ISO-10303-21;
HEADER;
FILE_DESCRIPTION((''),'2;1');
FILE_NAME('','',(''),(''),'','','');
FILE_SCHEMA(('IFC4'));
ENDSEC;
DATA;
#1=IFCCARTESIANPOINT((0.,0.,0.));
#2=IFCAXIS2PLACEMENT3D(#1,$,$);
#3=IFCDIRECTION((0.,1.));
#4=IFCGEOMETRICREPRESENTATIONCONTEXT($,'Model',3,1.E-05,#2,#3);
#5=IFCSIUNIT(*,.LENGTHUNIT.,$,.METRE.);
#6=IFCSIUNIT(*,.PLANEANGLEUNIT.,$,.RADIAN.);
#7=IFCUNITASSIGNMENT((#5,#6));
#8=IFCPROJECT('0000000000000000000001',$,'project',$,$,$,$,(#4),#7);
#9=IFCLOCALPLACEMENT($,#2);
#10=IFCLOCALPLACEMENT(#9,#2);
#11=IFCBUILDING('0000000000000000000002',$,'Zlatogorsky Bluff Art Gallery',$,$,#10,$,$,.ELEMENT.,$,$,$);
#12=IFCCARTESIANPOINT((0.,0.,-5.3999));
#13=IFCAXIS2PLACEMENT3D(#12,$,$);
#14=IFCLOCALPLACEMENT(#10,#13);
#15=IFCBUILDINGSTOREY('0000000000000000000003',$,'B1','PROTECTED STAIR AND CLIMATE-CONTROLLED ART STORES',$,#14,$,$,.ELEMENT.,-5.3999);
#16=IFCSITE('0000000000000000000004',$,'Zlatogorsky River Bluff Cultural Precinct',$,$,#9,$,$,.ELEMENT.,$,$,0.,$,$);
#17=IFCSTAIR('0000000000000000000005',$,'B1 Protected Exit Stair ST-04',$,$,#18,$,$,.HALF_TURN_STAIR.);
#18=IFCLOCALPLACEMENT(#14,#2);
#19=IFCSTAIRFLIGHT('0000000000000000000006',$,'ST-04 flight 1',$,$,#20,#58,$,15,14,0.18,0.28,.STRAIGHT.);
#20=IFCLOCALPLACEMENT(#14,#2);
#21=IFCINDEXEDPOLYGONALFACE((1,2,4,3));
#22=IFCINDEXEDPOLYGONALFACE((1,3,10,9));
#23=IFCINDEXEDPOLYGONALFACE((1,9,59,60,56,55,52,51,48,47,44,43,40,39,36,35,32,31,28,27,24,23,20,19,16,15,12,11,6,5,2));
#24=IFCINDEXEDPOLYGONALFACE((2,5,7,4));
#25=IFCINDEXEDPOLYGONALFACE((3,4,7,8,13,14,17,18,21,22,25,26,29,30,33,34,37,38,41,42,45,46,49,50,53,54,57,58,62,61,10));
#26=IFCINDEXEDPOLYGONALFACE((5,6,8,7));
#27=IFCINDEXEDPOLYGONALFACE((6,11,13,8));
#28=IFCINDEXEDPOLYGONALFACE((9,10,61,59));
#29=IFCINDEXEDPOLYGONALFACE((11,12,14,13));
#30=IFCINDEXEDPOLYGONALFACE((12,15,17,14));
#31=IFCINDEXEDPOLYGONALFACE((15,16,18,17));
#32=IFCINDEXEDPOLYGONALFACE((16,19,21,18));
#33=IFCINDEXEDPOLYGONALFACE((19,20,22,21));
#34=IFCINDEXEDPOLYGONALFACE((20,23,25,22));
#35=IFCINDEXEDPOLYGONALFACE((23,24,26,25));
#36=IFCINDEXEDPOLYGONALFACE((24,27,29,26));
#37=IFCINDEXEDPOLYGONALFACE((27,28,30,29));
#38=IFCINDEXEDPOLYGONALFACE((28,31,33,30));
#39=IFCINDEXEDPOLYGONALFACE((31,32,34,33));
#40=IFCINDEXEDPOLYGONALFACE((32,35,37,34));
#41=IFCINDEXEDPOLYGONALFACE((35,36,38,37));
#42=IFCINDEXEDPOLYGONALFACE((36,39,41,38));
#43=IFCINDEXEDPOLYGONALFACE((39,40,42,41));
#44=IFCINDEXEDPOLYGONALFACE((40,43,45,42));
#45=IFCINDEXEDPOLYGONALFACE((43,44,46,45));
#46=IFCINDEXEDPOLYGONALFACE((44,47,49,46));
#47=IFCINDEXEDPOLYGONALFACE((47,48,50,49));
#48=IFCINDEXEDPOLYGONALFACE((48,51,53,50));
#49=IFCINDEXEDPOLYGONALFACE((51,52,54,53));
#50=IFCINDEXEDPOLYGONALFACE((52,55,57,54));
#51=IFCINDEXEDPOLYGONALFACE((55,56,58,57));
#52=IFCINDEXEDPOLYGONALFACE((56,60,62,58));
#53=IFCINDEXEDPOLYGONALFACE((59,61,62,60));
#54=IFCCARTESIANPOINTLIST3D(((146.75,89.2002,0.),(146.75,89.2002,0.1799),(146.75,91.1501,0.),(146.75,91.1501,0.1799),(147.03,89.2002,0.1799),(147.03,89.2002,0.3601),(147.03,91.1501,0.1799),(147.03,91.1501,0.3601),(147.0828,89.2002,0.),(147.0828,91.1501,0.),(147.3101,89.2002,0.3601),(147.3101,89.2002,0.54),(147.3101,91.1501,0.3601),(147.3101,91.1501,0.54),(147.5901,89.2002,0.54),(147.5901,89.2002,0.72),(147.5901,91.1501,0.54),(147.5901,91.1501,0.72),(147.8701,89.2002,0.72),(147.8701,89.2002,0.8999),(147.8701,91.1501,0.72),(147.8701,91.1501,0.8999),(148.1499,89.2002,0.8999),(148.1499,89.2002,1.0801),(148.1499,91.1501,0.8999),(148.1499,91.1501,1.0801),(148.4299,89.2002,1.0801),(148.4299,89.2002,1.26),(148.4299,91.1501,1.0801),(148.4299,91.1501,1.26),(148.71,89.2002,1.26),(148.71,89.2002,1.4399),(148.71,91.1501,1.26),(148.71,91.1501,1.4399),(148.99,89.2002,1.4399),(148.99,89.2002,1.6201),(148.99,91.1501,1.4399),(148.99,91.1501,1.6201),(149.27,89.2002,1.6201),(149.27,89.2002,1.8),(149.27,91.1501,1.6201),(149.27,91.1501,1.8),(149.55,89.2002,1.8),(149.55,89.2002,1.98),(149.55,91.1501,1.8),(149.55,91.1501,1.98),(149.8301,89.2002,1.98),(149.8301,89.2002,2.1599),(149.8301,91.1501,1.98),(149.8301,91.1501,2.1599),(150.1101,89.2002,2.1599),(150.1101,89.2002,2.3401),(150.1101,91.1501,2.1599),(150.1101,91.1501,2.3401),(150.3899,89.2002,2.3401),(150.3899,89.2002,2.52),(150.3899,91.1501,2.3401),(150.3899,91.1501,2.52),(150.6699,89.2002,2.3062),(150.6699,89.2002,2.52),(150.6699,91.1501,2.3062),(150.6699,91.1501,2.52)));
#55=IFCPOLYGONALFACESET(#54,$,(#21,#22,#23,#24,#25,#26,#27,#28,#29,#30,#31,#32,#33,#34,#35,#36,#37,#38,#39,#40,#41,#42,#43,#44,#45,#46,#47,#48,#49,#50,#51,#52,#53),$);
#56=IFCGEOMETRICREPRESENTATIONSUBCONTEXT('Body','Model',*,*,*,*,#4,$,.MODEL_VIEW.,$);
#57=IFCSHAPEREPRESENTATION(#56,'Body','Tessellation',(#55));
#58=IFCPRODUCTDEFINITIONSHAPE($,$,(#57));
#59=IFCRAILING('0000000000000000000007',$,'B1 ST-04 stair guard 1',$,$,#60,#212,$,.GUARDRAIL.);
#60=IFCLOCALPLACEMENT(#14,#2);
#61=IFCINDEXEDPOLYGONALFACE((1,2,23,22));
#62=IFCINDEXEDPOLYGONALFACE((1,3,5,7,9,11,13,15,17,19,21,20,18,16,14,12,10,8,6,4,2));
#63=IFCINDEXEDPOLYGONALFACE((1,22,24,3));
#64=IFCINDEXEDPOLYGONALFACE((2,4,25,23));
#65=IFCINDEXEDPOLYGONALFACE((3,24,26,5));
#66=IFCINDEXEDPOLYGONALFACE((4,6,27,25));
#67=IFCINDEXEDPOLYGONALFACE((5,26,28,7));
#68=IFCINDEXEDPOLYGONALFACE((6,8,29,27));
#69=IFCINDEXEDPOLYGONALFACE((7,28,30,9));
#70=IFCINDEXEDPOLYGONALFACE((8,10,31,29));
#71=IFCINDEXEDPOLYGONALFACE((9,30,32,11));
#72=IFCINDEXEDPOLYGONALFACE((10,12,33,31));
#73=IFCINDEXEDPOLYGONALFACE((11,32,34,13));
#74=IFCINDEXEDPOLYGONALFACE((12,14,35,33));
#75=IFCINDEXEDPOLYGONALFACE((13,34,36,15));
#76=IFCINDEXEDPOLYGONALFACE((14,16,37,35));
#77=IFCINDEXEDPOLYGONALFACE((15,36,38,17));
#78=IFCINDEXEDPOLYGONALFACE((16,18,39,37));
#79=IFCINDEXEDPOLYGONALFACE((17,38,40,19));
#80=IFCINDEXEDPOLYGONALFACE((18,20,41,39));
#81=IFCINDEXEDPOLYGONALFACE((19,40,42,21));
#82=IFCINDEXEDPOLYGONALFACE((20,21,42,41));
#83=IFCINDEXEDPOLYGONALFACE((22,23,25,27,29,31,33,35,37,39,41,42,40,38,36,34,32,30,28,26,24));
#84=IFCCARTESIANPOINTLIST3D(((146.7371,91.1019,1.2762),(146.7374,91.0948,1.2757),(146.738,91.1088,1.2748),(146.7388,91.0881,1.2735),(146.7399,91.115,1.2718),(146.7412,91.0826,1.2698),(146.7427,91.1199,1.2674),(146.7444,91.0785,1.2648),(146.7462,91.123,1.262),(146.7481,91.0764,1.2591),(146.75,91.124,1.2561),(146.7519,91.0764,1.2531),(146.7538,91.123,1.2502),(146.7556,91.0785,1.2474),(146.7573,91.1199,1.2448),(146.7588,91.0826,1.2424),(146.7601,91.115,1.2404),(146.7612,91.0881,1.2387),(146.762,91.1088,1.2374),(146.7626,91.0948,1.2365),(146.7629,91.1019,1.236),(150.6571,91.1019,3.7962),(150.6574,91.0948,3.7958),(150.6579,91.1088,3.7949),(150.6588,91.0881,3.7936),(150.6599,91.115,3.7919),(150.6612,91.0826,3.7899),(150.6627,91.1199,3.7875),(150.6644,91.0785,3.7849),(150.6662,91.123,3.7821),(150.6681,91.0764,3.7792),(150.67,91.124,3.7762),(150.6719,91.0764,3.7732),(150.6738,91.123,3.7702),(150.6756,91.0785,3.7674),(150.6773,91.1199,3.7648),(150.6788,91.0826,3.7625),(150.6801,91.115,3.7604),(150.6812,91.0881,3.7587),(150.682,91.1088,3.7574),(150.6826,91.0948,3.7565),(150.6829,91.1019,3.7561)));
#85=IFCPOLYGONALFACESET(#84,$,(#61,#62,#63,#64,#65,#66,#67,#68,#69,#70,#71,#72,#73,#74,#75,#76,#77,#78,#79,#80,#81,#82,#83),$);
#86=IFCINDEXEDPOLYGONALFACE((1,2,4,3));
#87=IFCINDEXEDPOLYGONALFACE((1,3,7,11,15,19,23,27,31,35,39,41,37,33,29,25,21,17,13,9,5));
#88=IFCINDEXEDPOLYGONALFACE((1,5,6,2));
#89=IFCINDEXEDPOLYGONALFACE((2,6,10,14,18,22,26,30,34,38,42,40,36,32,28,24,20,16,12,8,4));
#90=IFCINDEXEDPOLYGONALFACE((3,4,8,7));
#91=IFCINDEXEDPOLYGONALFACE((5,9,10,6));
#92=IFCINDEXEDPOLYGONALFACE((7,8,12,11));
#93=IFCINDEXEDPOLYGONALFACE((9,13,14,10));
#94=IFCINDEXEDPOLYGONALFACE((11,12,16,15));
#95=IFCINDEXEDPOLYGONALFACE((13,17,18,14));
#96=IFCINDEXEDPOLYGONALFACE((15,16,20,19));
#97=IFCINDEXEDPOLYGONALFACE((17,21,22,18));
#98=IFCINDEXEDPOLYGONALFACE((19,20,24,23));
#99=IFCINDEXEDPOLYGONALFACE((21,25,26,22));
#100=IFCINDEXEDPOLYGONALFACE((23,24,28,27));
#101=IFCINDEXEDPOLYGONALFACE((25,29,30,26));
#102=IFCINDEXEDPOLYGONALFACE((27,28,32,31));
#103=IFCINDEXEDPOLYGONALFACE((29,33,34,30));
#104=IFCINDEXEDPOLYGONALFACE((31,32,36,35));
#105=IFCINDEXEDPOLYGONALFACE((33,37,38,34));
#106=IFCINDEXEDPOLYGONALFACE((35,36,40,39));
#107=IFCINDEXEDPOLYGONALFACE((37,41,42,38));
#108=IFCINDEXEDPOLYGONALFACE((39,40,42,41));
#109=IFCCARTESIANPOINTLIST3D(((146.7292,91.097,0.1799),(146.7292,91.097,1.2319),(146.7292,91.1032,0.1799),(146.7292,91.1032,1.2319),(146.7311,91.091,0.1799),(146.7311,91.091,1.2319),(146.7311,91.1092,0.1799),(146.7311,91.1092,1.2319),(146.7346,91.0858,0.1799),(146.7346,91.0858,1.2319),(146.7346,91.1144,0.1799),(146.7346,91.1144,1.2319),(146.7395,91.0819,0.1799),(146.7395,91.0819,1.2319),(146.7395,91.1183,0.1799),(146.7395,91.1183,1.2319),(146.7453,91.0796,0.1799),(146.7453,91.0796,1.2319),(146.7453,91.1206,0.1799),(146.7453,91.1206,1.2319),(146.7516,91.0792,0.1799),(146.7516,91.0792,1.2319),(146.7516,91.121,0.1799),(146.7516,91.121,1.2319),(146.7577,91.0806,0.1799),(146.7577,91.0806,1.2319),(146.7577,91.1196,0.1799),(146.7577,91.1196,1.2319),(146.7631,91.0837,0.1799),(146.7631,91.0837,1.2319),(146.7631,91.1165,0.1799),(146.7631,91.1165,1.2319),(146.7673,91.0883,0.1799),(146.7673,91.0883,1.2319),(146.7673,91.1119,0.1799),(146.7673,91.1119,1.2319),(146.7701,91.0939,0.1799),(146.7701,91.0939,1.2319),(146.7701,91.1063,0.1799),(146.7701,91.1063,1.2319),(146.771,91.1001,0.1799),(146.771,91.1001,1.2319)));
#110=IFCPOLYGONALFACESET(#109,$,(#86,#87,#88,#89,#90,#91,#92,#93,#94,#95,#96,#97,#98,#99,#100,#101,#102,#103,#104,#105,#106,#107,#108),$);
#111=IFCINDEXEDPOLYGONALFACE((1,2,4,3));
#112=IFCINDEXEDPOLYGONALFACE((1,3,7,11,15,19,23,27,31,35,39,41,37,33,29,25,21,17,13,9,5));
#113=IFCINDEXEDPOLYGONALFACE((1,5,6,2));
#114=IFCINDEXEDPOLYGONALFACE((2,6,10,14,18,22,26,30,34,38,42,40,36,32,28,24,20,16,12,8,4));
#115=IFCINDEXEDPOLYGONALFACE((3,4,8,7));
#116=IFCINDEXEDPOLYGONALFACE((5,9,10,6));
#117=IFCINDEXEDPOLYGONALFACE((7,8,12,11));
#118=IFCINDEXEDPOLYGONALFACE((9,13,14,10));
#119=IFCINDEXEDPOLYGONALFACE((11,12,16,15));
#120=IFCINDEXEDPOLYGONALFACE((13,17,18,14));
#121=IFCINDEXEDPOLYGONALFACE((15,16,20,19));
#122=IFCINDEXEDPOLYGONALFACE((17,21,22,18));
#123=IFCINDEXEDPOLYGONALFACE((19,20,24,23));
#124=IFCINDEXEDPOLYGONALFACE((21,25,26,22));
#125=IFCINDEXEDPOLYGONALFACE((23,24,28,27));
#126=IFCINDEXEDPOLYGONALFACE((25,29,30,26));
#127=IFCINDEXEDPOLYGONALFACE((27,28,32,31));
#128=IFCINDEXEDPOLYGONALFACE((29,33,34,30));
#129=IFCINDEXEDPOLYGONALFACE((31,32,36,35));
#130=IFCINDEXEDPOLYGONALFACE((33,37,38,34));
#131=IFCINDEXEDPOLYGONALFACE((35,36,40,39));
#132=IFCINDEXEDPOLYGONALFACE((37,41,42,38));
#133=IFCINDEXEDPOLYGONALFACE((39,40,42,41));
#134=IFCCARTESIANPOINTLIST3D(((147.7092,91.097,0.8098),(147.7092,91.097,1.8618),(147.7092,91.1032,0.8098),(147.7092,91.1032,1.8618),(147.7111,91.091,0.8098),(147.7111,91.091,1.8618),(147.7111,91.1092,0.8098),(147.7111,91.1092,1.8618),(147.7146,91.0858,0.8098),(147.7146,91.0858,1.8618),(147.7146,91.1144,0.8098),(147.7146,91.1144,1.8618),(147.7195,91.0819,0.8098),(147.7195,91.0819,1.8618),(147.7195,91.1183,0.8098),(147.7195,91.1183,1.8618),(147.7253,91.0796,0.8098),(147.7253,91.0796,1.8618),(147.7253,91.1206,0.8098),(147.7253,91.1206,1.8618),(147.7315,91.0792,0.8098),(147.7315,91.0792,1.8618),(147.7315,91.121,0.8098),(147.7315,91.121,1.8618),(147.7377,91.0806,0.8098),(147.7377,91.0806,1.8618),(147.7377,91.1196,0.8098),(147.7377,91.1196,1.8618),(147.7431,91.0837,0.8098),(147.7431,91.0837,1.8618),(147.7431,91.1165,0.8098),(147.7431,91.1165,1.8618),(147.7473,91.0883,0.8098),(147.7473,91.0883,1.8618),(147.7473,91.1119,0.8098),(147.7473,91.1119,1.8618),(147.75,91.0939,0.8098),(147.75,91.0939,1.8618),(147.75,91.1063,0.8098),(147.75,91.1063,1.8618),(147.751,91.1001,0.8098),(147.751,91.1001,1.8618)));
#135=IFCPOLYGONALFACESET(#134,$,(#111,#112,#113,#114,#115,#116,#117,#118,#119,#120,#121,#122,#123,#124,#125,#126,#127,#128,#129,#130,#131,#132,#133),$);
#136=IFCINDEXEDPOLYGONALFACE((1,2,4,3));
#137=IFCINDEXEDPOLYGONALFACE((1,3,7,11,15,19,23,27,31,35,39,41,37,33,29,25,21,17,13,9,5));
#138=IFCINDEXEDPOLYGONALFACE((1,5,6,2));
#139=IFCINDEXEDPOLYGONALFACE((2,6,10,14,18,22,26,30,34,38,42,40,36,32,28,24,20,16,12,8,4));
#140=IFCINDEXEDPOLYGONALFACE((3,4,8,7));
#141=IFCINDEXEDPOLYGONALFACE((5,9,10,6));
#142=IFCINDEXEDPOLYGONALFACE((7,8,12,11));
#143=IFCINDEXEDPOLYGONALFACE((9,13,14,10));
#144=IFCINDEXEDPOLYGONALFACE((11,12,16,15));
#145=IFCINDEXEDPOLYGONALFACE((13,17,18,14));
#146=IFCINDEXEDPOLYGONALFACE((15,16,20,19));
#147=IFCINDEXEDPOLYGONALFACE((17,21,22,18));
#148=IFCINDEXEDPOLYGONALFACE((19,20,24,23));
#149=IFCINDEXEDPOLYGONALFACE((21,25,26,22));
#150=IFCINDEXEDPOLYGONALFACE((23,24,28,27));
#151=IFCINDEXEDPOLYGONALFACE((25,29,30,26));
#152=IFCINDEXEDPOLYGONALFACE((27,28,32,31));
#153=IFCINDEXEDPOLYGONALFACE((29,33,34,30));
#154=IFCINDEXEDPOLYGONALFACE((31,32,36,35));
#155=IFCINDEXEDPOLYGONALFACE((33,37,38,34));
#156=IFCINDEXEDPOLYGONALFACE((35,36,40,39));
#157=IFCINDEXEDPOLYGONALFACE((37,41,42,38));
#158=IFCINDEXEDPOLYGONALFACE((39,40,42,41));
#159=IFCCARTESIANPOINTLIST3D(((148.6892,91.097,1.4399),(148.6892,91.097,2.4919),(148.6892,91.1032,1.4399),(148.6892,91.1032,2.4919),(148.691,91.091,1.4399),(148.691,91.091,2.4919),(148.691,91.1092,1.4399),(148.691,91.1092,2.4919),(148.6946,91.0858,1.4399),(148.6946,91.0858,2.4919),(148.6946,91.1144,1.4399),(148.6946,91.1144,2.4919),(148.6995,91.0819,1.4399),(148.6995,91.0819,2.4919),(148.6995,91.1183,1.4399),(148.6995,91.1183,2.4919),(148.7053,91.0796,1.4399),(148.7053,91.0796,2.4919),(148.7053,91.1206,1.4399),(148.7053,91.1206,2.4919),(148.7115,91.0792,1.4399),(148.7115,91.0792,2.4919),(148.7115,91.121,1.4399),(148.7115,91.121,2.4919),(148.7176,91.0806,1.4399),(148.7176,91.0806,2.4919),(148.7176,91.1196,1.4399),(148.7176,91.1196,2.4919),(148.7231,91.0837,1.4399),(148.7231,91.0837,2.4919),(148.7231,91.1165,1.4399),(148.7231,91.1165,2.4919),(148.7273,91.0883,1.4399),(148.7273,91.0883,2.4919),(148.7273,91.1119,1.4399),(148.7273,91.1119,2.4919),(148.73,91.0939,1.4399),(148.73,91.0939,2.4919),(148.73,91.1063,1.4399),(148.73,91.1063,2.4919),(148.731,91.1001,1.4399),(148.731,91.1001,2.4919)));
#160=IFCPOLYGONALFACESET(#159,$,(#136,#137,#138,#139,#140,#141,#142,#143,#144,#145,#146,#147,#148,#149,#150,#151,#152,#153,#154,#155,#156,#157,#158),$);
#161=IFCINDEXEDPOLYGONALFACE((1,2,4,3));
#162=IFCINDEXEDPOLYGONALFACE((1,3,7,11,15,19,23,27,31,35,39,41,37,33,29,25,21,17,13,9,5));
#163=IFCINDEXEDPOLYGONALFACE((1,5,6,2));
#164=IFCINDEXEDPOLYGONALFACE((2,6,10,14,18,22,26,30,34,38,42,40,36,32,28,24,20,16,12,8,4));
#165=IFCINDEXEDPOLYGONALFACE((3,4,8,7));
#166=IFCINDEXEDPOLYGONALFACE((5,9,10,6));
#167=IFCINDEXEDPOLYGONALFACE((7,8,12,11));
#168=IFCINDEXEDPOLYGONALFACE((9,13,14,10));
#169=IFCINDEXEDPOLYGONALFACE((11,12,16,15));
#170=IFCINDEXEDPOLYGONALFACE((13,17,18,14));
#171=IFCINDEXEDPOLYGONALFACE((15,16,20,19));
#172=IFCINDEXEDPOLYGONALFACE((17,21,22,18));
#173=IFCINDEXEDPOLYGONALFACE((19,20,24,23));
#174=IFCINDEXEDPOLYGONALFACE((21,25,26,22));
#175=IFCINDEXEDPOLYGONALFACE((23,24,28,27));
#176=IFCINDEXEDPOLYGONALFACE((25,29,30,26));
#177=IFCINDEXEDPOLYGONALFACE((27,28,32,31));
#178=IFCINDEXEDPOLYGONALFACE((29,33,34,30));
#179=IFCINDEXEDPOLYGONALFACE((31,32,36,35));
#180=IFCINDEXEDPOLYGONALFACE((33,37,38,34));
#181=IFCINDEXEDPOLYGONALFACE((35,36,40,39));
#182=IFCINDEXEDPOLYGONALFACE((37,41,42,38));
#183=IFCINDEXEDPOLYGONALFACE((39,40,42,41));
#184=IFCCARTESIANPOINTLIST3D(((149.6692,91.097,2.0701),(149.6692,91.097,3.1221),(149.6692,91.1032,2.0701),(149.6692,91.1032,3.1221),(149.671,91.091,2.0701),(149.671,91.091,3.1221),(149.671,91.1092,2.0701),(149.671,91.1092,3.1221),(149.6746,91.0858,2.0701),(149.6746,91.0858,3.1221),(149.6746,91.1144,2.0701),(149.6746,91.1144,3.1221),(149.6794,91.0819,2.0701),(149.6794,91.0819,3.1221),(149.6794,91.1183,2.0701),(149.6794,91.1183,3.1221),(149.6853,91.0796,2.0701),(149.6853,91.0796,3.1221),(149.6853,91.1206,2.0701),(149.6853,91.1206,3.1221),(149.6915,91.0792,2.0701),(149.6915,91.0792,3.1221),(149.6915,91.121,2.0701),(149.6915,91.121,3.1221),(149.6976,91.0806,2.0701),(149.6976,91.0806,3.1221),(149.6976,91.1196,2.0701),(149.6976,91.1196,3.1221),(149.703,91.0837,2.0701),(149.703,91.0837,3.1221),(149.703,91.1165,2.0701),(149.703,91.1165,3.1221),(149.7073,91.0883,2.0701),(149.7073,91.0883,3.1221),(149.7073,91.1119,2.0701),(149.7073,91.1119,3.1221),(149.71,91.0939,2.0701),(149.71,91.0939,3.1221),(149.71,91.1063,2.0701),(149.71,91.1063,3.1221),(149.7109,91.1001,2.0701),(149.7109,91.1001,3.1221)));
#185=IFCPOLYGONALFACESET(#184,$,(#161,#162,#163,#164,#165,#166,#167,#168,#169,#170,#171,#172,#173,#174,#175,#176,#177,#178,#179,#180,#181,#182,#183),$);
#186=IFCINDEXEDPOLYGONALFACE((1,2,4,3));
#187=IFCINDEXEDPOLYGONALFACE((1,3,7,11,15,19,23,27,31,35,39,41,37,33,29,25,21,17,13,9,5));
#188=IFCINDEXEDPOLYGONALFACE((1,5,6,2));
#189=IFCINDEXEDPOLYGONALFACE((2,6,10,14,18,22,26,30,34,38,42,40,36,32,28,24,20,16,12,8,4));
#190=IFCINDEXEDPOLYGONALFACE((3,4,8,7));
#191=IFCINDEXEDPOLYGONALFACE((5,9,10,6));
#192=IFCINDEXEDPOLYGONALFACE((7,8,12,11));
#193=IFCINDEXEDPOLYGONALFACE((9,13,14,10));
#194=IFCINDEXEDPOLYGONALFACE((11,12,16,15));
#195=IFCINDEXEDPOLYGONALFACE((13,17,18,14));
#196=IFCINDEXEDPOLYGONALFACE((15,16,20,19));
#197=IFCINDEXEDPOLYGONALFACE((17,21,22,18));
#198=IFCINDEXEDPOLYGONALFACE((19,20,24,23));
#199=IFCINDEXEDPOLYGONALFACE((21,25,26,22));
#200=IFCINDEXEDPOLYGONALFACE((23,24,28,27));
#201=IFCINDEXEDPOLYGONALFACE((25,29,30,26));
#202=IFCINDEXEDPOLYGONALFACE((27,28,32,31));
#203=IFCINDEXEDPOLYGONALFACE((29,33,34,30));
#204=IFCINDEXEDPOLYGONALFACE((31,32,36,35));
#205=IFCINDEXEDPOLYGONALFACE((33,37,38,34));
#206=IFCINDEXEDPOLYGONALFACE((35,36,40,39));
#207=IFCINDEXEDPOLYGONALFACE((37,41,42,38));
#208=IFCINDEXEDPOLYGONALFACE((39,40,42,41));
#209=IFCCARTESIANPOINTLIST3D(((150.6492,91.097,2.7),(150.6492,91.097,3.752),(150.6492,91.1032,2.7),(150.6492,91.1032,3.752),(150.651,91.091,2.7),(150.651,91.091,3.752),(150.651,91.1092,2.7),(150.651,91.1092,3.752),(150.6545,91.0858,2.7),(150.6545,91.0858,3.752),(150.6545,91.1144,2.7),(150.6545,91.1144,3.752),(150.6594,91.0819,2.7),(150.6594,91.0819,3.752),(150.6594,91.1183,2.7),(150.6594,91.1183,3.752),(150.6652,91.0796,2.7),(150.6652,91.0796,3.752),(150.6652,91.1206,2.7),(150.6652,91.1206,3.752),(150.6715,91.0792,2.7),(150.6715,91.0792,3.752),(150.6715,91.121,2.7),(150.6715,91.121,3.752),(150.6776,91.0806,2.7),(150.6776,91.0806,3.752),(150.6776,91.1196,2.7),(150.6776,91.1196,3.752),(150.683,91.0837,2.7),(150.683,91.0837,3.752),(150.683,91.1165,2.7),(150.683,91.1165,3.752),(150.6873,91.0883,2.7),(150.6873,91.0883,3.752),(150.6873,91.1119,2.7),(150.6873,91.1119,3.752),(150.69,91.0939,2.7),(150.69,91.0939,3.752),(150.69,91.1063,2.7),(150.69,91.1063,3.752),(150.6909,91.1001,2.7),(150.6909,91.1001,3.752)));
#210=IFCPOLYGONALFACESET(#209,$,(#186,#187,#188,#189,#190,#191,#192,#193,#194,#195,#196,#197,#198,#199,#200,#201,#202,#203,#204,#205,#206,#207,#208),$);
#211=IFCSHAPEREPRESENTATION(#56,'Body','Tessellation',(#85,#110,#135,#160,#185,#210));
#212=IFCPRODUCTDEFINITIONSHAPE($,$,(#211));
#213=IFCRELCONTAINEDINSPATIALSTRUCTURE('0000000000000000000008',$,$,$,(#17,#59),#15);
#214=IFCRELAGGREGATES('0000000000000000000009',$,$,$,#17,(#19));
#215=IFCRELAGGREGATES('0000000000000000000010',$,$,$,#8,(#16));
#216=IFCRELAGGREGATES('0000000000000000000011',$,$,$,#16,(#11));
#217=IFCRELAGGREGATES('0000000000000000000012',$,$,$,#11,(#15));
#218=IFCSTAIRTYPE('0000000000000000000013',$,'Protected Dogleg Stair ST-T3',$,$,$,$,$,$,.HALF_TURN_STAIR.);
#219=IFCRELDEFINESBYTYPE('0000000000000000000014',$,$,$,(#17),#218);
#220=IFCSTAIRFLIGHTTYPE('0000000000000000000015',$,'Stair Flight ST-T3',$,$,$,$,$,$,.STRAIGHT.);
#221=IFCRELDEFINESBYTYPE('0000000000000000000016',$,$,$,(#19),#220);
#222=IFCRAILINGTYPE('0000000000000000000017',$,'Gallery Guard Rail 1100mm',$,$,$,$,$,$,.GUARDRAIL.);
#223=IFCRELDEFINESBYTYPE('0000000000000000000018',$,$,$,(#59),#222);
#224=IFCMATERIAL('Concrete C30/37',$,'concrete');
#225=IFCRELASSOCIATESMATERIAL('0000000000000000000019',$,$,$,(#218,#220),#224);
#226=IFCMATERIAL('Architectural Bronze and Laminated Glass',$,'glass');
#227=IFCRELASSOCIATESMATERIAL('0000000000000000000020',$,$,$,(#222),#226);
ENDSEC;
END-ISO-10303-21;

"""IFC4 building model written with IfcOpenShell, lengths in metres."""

from ifc_helpers import new_model, si_unit, direction, frame, origin, origin_2d, place, context, subcontext, project, spatial, polyline, circle, outline, extrude, material, type_object, element, aggregate, save


model = new_model("IFC4")

# Units and contexts
model_context = context("Model", 3, precision=1e-05, world=origin(), true_north=direction((0.0, 1.0)))
body_context = subcontext(model_context, "Body", "Model", "MODEL_VIEW")
ifc_project = project(units=[si_unit("LENGTHUNIT", "METRE"), si_unit("PLANEANGLEUNIT", "RADIAN")], contexts=[model_context])

# Site, building, storey
site_placement = place(None, origin())
site = spatial("IfcSite", under=ifc_project, at=site_placement, Name="Zlatogorsky River Bluff Cultural Precinct", CompositionType="ELEMENT", RefElevation=0.0)
building_placement = place(site_placement, origin())
building = spatial("IfcBuilding", under=site, at=building_placement, Name="Zlatogorsky Bluff Art Gallery", CompositionType="ELEMENT")
storey_placement = place(building_placement, frame((0.0, 0.0, -5.3999)))
storey = spatial("IfcBuildingStorey", under=building, at=storey_placement, Name="B1", Description="PROTECTED STAIR AND CLIMATE-CONTROLLED ART STORES", CompositionType="ELEMENT", Elevation=-5.3999)

# Stair, stair flight
ifc_material_1 = material(Name="Concrete C30/37", Category="concrete")
stair_type = type_object("IfcStairType", Name="Protected Dogleg Stair ST-T3", PredefinedType="HALF_TURN_STAIR", material=ifc_material_1)
stair_placement = place(storey_placement, origin())
stair = element("IfcStair", 1, at=stair_placement, inside=storey, type_object=stair_type, Name="B1 Protected Exit Stair ST-04", PredefinedType="HALF_TURN_STAIR")
stair_flight_type = type_object("IfcStairFlightType", Name="Stair Flight ST-T3", PredefinedType="STRAIGHT", material=ifc_material_1)
stair_flight_placement = place(storey_placement, frame((146.75, 90.175, 0.0), z_axis=(0.0, 0.0, 1.0), x_axis=(1.0, 0.0, 0.0)))
stair_flight = element("IfcStairFlight", 2, at=stair_flight_placement, type_object=stair_flight_type, Name="ST-04 flight 1", NumberOfRisers=15, NumberOfTreads=14, PredefinedType="STRAIGHT", RiserHeight=0.18, TreadLength=0.28, context=body_context, shape_type="SweptSolid", body=[
    extrude(outline(polyline([(0.0, 0.0), (0.0, 0.1799), (0.28, 0.1799), (0.28, 0.3601), (0.5601, 0.3601), (0.5601, 0.54), (0.8401, 0.54), (0.8401, 0.72), (1.1201, 0.72), (1.1201, 0.8999), (1.3999, 0.8999), (1.3999, 1.0801), (1.6799, 1.0801), (1.6799, 1.26), (1.96, 1.26), (1.96, 1.4399), (2.24, 1.4399), (2.24, 1.6201), (2.52, 1.6201), (2.52, 1.8), (2.8, 1.8), (2.8, 1.98), (3.0801, 1.98), (3.0801, 2.1599), (3.3601, 2.1599), (3.3601, 2.3401), (3.6399, 2.3401), (3.6399, 2.52), (3.9199, 2.52), (3.9199, 2.7), (3.9199, 2.3062), (0.3328, 0.0), (0.0, 0.0)])), frame((0.0, 0.9751, 0.0), z_axis=(0.0, -1.0, 0.0), x_axis=(1.0, 0.0, 0.0)), (0.0, 0.0, 1.0), 1.95),
])
aggregate(stair, [stair_flight])

# Railing
ifc_material_2 = material(Name="Architectural Bronze and Laminated Glass", Category="glass")
railing_type_1 = type_object("IfcRailingType", Name="Gallery Guard Rail 1100mm", PredefinedType="GUARDRAIL", material=ifc_material_2)
railing_1_placement = place(storey_placement, frame((146.75, 91.1001, 0.1799)))
element("IfcRailing", 3, at=railing_1_placement, inside=storey, type_object=railing_type_1, Name="B1 ST-04 stair guard 1", PredefinedType="GUARDRAIL", context=body_context, shape_type="SweptSolid", body=[
    extrude(circle(Radius=0.0239, at=origin_2d()), frame((0.0, 0.0, 1.0762), z_axis=(0.841172, 0.0, 0.540768), x_axis=(0.0, 1.0, 0.0)), (0.0, 0.0, 1.0), 4.6602),
    extrude(circle(Radius=0.021, at=origin_2d()), origin(), (0.0, 0.0, 1.0), 1.052),
    extrude(circle(Radius=0.021, at=origin_2d()), frame((0.98, 0.0, 0.6299)), (0.0, 0.0, 1.0), 1.052),
    extrude(circle(Radius=0.021, at=origin_2d()), frame((1.96, 0.0, 1.26)), (0.0, 0.0, 1.0), 1.052),
    extrude(circle(Radius=0.021, at=origin_2d()), frame((2.9399, 0.0, 1.8901)), (0.0, 0.0, 1.0), 1.052),
    extrude(circle(Radius=0.021, at=origin_2d()), frame((3.9199, 0.0, 2.52)), (0.0, 0.0, 1.0), 1.052),
])

save(model, "model.ifc")
